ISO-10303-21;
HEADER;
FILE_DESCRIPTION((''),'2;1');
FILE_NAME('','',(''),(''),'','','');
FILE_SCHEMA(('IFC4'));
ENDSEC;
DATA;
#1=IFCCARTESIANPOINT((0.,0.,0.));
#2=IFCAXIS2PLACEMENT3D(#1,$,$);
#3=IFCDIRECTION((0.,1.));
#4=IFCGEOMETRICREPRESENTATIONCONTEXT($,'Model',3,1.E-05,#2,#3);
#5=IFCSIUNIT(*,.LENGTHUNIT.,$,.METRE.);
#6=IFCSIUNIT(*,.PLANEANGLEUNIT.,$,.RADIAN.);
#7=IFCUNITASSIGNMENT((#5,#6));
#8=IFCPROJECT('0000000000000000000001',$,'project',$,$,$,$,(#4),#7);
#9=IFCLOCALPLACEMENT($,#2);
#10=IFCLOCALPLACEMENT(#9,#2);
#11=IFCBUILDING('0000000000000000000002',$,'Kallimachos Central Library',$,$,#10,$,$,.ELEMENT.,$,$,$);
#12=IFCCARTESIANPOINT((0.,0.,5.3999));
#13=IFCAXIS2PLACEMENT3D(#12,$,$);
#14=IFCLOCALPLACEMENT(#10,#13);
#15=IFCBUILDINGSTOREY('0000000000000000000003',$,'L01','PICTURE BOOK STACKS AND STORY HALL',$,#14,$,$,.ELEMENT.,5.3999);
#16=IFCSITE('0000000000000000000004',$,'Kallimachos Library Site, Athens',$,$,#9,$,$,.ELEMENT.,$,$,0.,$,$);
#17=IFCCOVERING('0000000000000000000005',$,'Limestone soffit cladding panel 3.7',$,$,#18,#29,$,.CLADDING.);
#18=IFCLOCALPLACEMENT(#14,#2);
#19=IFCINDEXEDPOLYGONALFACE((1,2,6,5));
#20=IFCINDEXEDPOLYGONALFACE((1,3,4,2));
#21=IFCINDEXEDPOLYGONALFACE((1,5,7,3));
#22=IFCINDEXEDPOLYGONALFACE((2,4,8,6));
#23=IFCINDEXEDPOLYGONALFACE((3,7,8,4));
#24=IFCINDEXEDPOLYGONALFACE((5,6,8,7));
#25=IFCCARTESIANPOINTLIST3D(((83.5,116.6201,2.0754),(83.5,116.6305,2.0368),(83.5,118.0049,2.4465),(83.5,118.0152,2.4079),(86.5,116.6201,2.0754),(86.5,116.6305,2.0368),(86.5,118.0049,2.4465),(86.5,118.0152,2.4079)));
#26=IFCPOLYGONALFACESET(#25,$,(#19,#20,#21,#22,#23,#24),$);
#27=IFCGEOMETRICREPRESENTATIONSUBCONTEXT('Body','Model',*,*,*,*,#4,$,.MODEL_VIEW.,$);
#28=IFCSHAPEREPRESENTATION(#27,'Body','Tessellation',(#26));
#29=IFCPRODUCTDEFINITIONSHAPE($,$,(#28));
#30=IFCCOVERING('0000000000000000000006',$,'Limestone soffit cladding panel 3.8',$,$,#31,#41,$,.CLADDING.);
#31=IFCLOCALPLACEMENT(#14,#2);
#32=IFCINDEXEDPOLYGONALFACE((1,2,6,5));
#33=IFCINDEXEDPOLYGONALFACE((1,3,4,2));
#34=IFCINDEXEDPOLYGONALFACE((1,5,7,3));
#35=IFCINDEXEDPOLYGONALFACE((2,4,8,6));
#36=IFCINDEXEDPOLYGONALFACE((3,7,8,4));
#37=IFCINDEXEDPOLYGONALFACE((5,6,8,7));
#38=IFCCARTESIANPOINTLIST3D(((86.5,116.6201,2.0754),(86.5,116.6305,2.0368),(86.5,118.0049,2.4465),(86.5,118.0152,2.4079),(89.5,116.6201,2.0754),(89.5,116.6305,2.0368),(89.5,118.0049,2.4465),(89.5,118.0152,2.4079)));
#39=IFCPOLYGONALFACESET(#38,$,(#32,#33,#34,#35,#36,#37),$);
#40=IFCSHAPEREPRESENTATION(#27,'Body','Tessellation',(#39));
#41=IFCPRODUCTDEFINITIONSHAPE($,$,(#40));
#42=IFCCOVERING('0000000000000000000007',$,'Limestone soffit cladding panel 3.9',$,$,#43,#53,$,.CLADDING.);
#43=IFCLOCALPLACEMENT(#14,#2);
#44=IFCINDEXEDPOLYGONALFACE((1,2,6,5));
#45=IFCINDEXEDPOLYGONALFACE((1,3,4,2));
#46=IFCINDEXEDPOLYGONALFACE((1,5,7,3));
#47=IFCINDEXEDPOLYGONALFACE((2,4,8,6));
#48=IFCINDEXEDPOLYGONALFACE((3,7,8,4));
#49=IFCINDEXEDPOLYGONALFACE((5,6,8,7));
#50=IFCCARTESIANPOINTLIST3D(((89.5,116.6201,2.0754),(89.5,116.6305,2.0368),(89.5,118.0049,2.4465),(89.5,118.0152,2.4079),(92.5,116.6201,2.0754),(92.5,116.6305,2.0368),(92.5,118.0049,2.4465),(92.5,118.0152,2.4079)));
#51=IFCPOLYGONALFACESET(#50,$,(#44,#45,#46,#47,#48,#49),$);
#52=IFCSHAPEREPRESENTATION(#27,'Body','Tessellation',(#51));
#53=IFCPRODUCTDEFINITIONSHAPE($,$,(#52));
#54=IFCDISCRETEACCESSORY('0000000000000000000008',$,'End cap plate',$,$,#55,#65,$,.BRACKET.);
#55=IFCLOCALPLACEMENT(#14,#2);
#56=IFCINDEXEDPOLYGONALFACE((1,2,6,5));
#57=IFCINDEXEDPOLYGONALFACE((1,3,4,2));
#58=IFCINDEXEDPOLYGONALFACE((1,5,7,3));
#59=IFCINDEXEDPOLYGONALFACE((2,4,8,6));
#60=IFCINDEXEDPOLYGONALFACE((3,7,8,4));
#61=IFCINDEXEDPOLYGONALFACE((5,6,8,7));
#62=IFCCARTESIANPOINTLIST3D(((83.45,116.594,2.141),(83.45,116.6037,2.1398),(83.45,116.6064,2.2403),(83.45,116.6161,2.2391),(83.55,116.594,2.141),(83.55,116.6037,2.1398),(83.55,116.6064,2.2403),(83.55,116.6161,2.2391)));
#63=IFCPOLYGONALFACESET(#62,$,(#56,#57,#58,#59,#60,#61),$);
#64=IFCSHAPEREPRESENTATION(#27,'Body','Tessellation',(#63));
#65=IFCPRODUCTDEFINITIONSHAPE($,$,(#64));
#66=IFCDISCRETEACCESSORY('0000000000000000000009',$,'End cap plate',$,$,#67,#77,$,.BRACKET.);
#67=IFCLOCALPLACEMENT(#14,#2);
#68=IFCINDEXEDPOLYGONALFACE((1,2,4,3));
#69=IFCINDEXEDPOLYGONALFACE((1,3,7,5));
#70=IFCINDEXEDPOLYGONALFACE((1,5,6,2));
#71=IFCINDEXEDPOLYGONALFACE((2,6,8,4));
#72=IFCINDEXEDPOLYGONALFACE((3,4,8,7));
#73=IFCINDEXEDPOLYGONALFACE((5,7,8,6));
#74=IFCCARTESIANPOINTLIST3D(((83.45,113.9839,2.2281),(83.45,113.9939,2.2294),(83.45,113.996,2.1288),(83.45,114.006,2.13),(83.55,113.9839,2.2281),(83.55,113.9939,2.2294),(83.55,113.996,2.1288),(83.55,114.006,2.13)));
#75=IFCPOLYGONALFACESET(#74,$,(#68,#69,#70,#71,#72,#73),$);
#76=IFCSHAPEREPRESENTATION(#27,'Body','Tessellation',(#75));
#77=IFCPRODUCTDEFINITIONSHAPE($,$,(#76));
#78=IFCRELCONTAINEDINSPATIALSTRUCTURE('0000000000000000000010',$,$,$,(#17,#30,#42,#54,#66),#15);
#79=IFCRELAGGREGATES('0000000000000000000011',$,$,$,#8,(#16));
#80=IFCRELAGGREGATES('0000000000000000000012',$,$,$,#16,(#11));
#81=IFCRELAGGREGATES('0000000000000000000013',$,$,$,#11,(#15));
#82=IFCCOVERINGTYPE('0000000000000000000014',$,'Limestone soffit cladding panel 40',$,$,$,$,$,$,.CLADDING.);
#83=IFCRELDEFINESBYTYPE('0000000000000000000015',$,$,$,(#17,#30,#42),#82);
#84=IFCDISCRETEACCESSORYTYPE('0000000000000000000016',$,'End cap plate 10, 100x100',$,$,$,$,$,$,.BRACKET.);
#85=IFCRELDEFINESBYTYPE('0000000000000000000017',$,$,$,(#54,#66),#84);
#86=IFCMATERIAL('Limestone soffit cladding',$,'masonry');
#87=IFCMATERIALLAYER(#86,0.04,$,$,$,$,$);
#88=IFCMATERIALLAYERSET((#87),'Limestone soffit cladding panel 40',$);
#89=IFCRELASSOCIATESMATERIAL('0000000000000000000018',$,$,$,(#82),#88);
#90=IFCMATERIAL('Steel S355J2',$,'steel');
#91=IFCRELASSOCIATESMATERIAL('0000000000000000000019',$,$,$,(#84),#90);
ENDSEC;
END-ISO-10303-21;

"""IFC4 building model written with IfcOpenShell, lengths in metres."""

from ifc_helpers import new_model, si_unit, direction, frame, origin, origin_2d, place, context, subcontext, project, spatial, polyline, rectangle, outline, extrude, material, layer, layer_set, material_profile, profile_set, type_object, element, save


model = new_model("IFC4")

# Units and contexts
model_context = context("Model", 3, precision=1e-05, world=origin(), true_north=direction((0.0, 1.0)))
body_context = subcontext(model_context, "Body", "Model", "MODEL_VIEW")
ifc_project = project(units=[si_unit("LENGTHUNIT", "METRE"), si_unit("PLANEANGLEUNIT", "RADIAN")], contexts=[model_context])

# Site, building, storey
site_placement = place(None, origin())
site = spatial("IfcSite", under=ifc_project, at=site_placement, Name="Kallimachos Library Site, Athens", CompositionType="ELEMENT", RefElevation=0.0)
building_placement = place(site_placement, origin())
building = spatial("IfcBuilding", under=site, at=building_placement, Name="Kallimachos Central Library", CompositionType="ELEMENT")
storey_placement = place(building_placement, frame((0.0, 0.0, 5.3999)))
storey = spatial("IfcBuildingStorey", under=building, at=storey_placement, Name="L01", Description="PICTURE BOOK STACKS AND STORY HALL", CompositionType="ELEMENT", Elevation=5.3999)

# Coverings
ifc_material_1 = material(Name="Limestone soffit cladding", Category="masonry")
ifc_layer_1 = layer(ifc_material_1, 0.04)
ifc_layer_set_1 = layer_set([ifc_layer_1], Name="Limestone soffit cladding panel 40")
covering_type_1 = type_object("IfcCoveringType", Name="Limestone soffit cladding panel 40", PredefinedType="CLADDING", material=ifc_layer_set_1)
for number, where, z_axis, x_axis, name in (
    (1, (83.5, 118.0049, 2.4465), (0.0, -0.25885, 0.965918), (1.0, 0.0, 0.0), "Limestone soffit cladding panel 3.7"),
    (2, (86.5, 118.0049, 2.4465), (0.0, -0.25885, 0.965918), (1.0, 0.0, 0.0), "Limestone soffit cladding panel 3.8"),
    (3, (89.5, 118.0049, 2.4465), (0.0, -0.25885, 0.965918), (1.0, 0.0, 0.0), "Limestone soffit cladding panel 3.9"),
):
    element("IfcCovering", number, at=place(storey_placement, frame(where, z_axis=z_axis, x_axis=x_axis)), inside=storey, type_object=covering_type_1, Name=name, PredefinedType="CLADDING", context=body_context, shape_type="SweptSolid", body=[
        extrude(outline(polyline([(0.0, 0.0), (3.0, 0.0), (3.0, -1.4336), (0.0, -1.4336), (0.0, 0.0)])), origin(), (0.0, 0.0, -1.0), 0.04),
    ])

# Discrete accessories
ifc_material_2 = material(Name="Steel S355J2", Category="steel")
ifc_material_profile_1 = material_profile(ifc_material_2, rectangle(XDim=0.1001, YDim=0.1001, at=origin_2d()), Name="End cap plate 10, 100x100")
ifc_profile_set_1 = profile_set([ifc_material_profile_1], Name="Steel S355J2")
discrete_accessory_type = type_object("IfcDiscreteAccessoryType", Name="End cap plate 10, 100x100", PredefinedType="BRACKET", material=ifc_profile_set_1)
discrete_accessory_1_placement = place(storey_placement, frame((83.5, 116.6099, 2.1895), z_axis=(0.0, -0.992278, 0.124035), x_axis=(1.0, 0.0, 0.0)))
element("IfcDiscreteAccessory", 4, at=discrete_accessory_1_placement, inside=storey, type_object=discrete_accessory_type, Name="End cap plate", PredefinedType="BRACKET", context=body_context, shape_type="SweptSolid", body=[
    extrude(rectangle(XDim=0.1001, YDim=0.1001, at=origin_2d()), origin(), (0.0, 0.0, 1.0), 0.0098),
])
discrete_accessory_2_placement = place(storey_placement, frame((83.5, 113.99, 2.1785), z_axis=(0.0, 0.992646, 0.121054), x_axis=(-1.0, 0.0, 0.0)))
element("IfcDiscreteAccessory", 5, at=discrete_accessory_2_placement, inside=storey, type_object=discrete_accessory_type, Name="End cap plate", PredefinedType="BRACKET", context=body_context, shape_type="SweptSolid", body=[
    extrude(rectangle(XDim=0.1001, YDim=0.1001, at=origin_2d()), origin(), (0.0, 0.0, 1.0), 0.01),
])

save(model, "model.ifc")
